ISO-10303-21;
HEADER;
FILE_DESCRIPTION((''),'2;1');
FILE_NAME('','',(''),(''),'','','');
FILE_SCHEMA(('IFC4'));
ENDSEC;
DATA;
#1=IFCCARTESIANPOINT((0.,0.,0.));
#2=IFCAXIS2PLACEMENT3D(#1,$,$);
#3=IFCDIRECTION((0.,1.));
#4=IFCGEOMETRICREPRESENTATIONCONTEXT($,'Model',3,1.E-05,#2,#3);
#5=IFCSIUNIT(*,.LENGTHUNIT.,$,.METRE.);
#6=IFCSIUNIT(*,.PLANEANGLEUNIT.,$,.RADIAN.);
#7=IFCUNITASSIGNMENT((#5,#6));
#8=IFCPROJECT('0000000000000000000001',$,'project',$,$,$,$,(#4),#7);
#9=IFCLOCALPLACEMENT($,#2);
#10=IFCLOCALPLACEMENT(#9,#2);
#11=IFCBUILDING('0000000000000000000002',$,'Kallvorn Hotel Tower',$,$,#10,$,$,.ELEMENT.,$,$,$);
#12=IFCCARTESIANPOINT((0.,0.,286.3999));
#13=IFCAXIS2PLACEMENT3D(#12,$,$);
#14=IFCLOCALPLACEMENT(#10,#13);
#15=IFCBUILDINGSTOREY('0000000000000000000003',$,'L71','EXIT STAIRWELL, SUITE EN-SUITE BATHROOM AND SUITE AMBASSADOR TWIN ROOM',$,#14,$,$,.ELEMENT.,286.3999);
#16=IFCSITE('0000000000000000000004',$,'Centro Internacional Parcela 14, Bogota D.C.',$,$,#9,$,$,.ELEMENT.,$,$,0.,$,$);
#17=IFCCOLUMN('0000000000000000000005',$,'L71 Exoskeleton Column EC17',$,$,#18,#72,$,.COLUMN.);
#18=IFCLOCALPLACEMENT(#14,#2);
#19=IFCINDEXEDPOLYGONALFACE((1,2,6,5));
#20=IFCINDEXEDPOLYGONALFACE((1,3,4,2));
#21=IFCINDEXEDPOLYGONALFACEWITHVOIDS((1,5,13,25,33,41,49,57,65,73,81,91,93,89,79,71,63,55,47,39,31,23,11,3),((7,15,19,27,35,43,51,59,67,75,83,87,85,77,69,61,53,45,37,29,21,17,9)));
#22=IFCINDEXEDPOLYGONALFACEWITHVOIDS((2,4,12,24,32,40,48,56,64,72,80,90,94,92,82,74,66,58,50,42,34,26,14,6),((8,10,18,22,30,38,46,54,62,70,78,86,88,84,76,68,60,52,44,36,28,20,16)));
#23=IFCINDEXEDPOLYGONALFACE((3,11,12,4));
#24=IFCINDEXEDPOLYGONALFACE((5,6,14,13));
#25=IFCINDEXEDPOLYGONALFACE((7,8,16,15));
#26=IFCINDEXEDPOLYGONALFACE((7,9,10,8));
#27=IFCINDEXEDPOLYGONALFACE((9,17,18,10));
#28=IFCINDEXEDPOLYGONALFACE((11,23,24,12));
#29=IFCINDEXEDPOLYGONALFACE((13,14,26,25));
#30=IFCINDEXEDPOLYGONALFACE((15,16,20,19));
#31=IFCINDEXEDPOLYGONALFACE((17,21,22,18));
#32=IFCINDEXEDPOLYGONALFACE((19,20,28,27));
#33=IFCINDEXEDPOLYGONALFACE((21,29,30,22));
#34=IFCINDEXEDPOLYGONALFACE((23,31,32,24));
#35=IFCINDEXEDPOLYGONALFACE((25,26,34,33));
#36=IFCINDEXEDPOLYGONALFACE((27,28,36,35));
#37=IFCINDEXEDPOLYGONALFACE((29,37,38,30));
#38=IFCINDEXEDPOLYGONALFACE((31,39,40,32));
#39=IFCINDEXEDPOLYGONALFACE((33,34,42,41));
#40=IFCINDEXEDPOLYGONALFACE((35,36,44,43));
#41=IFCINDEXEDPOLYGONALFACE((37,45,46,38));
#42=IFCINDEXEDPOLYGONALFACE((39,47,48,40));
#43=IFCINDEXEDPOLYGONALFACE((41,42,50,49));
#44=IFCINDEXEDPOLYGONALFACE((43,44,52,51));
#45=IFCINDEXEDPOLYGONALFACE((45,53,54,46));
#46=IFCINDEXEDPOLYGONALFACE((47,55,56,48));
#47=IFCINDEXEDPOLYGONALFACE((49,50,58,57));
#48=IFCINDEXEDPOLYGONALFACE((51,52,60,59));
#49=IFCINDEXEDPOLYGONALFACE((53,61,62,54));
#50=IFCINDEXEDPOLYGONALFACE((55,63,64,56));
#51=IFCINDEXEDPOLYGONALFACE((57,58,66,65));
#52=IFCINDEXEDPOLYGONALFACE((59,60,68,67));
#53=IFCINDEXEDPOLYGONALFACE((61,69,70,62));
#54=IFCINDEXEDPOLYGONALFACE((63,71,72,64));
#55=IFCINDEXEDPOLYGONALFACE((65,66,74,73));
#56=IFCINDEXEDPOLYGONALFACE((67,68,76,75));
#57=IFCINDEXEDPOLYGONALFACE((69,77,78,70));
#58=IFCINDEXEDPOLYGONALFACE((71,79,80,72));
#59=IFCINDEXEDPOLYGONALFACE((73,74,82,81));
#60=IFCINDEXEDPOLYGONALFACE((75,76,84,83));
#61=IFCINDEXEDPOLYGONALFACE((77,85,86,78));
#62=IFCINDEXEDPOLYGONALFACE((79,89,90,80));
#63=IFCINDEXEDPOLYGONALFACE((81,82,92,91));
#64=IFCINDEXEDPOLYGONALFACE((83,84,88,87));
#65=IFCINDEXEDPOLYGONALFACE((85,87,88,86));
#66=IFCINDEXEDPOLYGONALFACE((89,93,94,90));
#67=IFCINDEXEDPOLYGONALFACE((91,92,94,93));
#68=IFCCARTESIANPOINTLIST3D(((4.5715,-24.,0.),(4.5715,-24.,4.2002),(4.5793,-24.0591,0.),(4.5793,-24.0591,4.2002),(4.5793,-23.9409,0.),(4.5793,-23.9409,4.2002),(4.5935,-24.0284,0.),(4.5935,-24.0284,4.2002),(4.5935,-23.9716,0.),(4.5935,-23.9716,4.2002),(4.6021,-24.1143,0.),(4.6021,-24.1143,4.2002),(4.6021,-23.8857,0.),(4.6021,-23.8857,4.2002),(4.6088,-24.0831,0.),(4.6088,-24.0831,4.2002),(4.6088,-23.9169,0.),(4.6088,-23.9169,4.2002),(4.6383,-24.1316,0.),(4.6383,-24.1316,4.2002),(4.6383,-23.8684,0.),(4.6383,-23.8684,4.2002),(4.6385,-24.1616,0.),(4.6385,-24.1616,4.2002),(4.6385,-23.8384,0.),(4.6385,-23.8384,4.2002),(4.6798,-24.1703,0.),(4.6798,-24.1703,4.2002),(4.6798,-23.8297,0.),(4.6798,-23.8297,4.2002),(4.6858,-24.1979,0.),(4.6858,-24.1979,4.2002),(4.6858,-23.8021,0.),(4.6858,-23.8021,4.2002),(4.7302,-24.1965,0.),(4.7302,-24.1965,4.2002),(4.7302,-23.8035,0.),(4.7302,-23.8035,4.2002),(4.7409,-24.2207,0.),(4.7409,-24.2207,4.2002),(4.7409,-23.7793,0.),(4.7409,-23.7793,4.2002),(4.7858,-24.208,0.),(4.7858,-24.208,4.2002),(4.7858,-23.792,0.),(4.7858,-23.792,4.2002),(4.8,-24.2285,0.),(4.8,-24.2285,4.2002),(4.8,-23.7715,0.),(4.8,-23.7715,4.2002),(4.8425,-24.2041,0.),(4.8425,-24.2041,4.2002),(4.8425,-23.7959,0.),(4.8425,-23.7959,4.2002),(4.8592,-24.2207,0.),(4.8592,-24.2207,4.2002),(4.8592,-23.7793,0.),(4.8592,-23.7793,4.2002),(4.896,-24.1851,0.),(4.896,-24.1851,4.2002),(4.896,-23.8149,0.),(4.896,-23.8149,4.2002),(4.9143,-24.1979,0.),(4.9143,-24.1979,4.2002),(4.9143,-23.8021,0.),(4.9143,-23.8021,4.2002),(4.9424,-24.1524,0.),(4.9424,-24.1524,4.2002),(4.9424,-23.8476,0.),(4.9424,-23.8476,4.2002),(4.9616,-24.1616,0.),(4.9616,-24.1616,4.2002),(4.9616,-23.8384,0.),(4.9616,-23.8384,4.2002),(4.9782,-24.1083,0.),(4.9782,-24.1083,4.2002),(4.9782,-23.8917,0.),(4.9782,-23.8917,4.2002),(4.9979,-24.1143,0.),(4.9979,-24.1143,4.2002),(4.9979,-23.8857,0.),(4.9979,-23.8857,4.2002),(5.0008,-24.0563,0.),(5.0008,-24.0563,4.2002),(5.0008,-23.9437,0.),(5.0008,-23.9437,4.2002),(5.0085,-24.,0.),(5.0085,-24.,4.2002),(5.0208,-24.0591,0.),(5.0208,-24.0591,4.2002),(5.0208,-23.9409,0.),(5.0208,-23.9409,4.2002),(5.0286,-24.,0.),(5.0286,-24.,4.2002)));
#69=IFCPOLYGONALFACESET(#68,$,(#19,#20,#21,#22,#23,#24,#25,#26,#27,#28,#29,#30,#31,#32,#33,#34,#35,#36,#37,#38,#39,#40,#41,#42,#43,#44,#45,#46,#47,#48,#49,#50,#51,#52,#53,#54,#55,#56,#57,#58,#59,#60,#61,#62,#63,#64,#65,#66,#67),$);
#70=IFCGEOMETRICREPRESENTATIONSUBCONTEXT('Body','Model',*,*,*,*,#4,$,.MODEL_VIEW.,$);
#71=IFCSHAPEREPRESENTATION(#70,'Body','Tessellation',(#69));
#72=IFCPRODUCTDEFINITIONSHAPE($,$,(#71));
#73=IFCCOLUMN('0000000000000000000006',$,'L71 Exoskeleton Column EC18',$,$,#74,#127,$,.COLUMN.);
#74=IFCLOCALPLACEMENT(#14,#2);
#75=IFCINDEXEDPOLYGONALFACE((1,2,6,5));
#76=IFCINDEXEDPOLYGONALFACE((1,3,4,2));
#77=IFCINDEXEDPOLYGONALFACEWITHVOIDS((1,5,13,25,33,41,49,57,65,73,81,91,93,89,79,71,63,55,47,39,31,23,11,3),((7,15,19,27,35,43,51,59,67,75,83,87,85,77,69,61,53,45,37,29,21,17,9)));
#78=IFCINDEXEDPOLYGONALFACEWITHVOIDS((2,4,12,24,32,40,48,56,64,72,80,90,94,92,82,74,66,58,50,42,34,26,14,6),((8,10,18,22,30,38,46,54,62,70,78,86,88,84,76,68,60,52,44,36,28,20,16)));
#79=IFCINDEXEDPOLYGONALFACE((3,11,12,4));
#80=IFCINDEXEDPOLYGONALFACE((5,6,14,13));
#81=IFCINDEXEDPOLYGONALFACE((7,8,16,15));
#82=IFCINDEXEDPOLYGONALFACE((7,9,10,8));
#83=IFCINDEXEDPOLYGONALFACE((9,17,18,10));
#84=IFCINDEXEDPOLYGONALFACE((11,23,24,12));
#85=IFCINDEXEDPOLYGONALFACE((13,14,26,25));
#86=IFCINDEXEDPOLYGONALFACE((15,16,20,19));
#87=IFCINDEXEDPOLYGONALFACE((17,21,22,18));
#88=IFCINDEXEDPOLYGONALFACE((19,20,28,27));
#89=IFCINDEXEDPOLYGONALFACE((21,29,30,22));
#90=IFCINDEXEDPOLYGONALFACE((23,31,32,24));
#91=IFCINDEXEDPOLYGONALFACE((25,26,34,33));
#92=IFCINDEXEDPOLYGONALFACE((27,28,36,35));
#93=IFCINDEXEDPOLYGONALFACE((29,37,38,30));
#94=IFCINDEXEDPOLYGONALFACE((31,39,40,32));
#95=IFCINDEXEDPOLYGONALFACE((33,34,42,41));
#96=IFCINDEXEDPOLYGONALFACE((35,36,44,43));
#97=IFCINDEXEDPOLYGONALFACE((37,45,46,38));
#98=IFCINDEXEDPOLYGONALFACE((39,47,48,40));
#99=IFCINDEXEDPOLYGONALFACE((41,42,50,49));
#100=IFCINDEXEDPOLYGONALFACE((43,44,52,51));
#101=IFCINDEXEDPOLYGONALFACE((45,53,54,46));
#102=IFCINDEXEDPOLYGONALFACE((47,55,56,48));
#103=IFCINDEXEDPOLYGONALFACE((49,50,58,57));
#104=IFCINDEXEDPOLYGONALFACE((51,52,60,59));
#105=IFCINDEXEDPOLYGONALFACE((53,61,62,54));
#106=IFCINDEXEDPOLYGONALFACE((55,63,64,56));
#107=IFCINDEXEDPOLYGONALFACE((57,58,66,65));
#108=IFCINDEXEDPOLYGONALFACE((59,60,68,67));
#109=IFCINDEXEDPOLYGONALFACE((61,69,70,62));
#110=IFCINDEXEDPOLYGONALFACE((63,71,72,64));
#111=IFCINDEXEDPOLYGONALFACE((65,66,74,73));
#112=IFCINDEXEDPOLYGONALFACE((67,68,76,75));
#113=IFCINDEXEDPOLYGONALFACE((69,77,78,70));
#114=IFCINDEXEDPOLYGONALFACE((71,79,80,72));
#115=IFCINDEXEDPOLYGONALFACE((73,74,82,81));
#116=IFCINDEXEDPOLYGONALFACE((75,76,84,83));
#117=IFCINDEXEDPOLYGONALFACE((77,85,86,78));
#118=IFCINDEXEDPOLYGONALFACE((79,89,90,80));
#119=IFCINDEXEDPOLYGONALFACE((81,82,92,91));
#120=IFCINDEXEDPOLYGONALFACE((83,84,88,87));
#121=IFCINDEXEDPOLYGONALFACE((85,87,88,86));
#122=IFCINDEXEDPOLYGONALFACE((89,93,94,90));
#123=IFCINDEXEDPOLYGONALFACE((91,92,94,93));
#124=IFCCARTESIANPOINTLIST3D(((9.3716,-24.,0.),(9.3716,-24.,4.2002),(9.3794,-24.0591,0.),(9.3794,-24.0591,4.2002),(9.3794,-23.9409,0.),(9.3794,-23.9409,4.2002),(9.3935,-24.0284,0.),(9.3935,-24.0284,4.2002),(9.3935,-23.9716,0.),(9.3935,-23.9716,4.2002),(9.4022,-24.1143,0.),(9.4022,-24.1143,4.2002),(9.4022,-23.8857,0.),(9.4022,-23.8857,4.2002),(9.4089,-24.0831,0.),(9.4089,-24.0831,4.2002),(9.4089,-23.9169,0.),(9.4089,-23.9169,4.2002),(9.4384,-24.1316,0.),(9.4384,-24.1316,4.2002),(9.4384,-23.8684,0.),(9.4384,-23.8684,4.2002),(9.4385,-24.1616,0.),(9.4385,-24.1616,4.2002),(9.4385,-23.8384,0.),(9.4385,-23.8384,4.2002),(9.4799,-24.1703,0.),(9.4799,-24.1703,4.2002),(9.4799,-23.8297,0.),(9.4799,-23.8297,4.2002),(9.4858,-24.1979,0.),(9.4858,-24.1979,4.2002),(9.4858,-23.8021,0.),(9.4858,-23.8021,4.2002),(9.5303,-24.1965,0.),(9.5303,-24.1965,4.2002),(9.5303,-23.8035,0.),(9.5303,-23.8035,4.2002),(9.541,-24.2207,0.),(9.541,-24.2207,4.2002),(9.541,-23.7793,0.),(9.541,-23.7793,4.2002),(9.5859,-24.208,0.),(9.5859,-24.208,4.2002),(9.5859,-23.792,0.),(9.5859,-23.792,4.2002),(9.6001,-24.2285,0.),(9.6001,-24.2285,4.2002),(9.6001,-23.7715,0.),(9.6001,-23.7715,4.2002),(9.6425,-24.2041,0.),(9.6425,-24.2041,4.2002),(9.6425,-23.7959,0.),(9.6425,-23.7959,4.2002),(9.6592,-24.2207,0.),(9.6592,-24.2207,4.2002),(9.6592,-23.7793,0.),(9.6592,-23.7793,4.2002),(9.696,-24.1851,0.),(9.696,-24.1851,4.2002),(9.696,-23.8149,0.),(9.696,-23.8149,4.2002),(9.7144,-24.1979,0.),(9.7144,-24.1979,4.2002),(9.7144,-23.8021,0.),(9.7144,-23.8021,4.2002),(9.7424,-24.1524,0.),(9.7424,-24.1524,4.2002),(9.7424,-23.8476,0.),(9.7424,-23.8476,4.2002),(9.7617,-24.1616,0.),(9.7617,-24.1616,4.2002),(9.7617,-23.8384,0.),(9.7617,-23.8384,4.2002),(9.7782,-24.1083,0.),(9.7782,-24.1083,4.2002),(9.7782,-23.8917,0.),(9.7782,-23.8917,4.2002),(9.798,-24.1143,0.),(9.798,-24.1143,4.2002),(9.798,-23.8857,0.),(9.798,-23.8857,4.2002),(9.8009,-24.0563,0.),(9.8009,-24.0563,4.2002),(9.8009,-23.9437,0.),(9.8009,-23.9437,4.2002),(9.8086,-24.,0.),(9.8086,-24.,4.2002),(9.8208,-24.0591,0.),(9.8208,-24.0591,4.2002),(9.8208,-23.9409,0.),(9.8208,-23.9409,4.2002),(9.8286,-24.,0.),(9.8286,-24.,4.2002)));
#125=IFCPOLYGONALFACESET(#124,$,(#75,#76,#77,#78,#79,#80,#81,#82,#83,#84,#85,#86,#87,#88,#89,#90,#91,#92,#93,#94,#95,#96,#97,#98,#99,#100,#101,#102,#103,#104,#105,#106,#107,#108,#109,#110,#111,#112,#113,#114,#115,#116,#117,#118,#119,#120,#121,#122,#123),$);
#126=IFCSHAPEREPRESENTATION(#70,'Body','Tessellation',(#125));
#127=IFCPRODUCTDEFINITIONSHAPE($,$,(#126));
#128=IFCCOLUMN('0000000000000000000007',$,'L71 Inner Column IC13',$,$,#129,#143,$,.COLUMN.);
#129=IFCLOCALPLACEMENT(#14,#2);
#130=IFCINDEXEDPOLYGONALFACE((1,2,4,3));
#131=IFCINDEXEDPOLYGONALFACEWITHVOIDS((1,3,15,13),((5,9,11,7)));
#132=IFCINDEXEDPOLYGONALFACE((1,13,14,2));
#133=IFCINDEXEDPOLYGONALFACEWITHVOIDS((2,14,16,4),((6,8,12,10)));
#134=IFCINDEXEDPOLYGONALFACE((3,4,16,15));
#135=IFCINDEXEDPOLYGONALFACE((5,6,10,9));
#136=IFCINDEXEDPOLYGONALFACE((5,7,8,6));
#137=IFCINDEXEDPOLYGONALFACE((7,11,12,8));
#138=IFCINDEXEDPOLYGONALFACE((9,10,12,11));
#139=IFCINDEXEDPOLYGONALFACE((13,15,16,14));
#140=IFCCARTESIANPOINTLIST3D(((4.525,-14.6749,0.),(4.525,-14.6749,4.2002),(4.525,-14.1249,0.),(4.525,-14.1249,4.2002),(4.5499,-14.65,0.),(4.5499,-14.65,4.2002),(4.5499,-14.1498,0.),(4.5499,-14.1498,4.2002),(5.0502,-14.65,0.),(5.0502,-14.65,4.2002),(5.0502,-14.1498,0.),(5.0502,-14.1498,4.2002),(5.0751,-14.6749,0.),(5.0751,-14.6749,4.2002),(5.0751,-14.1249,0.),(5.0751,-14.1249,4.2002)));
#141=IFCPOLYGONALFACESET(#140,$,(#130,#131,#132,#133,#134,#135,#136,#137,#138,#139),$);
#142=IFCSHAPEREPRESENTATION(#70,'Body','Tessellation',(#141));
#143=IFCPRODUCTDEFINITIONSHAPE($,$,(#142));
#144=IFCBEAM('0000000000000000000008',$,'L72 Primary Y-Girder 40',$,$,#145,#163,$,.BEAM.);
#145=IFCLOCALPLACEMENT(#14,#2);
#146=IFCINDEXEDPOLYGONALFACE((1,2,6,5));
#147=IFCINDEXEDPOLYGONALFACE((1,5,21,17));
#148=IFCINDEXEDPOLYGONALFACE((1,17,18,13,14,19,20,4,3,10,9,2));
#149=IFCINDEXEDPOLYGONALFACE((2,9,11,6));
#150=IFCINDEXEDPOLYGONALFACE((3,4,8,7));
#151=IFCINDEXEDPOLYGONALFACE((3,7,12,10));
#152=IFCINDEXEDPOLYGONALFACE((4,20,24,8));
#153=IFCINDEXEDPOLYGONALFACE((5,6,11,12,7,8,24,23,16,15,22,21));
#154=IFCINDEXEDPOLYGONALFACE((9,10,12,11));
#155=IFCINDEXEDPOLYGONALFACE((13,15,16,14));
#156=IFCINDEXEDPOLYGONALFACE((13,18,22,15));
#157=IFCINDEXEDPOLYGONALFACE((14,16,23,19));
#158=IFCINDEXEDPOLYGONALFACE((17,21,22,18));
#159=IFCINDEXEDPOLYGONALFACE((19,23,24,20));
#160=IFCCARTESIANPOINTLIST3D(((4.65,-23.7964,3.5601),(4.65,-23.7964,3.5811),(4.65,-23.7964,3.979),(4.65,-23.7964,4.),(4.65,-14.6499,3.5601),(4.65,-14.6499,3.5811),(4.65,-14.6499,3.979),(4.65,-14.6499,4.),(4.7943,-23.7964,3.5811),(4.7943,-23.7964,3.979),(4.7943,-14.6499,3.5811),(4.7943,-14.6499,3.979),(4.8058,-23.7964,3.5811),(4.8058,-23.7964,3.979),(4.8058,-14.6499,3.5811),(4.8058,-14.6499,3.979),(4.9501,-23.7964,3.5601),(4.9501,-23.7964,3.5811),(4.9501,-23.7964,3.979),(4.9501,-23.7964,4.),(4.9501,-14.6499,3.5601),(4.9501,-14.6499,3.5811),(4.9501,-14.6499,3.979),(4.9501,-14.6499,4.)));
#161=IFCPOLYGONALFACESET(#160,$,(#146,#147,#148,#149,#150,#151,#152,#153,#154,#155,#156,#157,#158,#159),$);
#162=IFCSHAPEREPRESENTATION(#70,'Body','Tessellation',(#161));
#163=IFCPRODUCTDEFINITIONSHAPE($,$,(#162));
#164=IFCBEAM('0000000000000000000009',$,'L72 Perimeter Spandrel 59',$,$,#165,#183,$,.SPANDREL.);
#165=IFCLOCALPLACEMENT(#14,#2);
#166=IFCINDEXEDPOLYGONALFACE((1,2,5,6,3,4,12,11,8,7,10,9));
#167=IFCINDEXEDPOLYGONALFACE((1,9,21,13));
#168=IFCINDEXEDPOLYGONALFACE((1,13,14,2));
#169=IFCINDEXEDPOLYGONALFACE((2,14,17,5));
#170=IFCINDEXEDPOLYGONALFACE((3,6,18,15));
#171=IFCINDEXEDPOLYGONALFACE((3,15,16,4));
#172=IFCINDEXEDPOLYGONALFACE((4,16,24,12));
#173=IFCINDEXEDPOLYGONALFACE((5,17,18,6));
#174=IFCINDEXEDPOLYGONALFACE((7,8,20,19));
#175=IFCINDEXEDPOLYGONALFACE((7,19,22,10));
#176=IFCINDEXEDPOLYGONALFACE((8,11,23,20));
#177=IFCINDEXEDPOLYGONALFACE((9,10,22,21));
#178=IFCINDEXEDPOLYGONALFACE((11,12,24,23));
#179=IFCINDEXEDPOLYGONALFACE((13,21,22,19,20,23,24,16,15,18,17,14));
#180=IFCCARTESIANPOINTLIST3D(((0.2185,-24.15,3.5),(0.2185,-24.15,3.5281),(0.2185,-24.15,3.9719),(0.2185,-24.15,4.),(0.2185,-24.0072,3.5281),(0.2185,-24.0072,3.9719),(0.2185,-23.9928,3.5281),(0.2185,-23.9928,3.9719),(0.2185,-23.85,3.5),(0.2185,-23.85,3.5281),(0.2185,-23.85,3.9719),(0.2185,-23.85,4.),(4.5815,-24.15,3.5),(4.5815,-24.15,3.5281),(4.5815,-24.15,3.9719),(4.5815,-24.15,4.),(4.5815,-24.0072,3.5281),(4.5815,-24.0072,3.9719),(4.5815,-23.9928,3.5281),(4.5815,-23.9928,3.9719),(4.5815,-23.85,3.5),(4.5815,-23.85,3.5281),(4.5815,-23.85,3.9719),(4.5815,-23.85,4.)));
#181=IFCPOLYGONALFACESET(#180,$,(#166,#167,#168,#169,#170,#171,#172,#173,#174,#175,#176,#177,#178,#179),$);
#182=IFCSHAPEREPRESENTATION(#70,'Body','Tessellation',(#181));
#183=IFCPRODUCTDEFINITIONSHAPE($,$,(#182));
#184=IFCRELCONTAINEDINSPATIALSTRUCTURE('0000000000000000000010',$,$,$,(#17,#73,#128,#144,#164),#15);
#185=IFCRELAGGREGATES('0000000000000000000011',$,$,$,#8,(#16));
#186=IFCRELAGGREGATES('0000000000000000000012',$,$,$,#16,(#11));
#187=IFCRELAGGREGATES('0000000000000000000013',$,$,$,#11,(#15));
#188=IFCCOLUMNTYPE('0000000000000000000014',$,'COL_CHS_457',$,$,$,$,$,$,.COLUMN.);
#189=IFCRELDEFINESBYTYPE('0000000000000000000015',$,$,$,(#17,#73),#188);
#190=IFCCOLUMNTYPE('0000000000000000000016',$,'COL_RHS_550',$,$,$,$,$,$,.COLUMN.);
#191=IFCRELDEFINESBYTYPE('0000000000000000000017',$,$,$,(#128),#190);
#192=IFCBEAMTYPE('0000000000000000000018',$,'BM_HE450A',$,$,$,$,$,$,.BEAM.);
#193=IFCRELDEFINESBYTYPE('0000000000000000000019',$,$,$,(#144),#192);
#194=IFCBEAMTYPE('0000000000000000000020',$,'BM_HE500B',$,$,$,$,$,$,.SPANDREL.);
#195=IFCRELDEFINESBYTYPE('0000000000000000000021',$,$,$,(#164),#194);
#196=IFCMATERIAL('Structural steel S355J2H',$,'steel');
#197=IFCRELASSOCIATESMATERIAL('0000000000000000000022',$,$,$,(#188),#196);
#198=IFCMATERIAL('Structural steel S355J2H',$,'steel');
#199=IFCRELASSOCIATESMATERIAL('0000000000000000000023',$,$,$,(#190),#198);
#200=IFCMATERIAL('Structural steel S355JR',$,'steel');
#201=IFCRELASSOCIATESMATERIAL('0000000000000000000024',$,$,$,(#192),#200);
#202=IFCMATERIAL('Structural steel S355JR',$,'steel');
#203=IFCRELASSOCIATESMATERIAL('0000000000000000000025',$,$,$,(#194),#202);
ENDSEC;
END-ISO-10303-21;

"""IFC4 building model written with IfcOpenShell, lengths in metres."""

from ifc_helpers import new_model, si_unit, direction, frame, origin, origin_2d, place, context, subcontext, project, spatial, hollow_rectangle, hollow_circle, i_section, extrude, material, material_profile, profile_set, type_object, element, save


model = new_model("IFC4")

# Units and contexts
model_context = context("Model", 3, precision=1e-05, world=origin(), true_north=direction((0.0, 1.0)))
body_context = subcontext(model_context, "Body", "Model", "MODEL_VIEW")
ifc_project = project(units=[si_unit("LENGTHUNIT", "METRE"), si_unit("PLANEANGLEUNIT", "RADIAN")], contexts=[model_context])

# Site, building, storey
site_placement = place(None, origin())
site = spatial("IfcSite", under=ifc_project, at=site_placement, Name="Centro Internacional Parcela 14, Bogota D.C.", CompositionType="ELEMENT", RefElevation=0.0)
building_placement = place(site_placement, origin())
building = spatial("IfcBuilding", under=site, at=building_placement, Name="Kallvorn Hotel Tower", CompositionType="ELEMENT")
storey_placement = place(building_placement, frame((0.0, 0.0, 286.3999)))
storey = spatial("IfcBuildingStorey", under=building, at=storey_placement, Name="L71", Description="EXIT STAIRWELL, SUITE EN-SUITE BATHROOM AND SUITE AMBASSADOR TWIN ROOM", CompositionType="ELEMENT", Elevation=286.3999)

# Columns
ifc_material_1 = material(Name="Structural steel S355J2H", Category="steel")
ifc_material_profile_1 = material_profile(ifc_material_1, hollow_circle(Radius=0.2285, WallThickness=0.02, at=origin_2d()), Name="CHS 457x20")
ifc_profile_set_1 = profile_set([ifc_material_profile_1], Name="Structural steel S355J2H")
column_type_1 = type_object("IfcColumnType", Name="COL_CHS_457", PredefinedType="COLUMN", material=ifc_profile_set_1)
for number, where, z_axis, x_axis, name in (
    (1, (4.8, -24.0, 0.0), (0.0, 0.0, 1.0), (1.0, 0.0, 0.0), "L71 Exoskeleton Column EC17"),
    (2, (9.6001, -24.0, 0.0), (0.0, 0.0, 1.0), (1.0, 0.0, 0.0), "L71 Exoskeleton Column EC18"),
):
    element("IfcColumn", number, at=place(storey_placement, frame(where, z_axis=z_axis, x_axis=x_axis)), inside=storey, type_object=column_type_1, Name=name, PredefinedType="COLUMN", context=body_context, shape_type="SweptSolid", body=[
        extrude(hollow_circle(Radius=0.2285, WallThickness=0.02, at=origin_2d()), origin(), (0.0, 0.0, 1.0), 4.2002),
    ])
ifc_material_2 = material(Name="Structural steel S355J2H", Category="steel")
ifc_material_profile_2 = material_profile(ifc_material_2, hollow_rectangle(XDim=0.55, YDim=0.55, WallThickness=0.0249, at=origin_2d()), Name="RHS 550x550x25")
ifc_profile_set_2 = profile_set([ifc_material_profile_2], Name="Structural steel S355J2H")
column_type_2 = type_object("IfcColumnType", Name="COL_RHS_550", PredefinedType="COLUMN", material=ifc_profile_set_2)
column_placement = place(storey_placement, frame((4.8, -14.3999, 0.0), z_axis=(0.0, 0.0, 1.0), x_axis=(1.0, 0.0, 0.0)))
element("IfcColumn", 3, at=column_placement, inside=storey, type_object=column_type_2, Name="L71 Inner Column IC13", PredefinedType="COLUMN", context=body_context, shape_type="SweptSolid", body=[
    extrude(hollow_rectangle(XDim=0.55, YDim=0.55, WallThickness=0.0249, at=origin_2d()), origin(), (0.0, 0.0, 1.0), 4.2002),
])

# Beams
ifc_material_3 = material(Name="Structural steel S355JR", Category="steel")
ifc_material_profile_3 = material_profile(ifc_material_3, i_section(OverallWidth=0.3, OverallDepth=0.4399, WebThickness=0.0115, FlangeThickness=0.021, at=origin_2d()), Name="HE 450 A")
ifc_profile_set_3 = profile_set([ifc_material_profile_3], Name="Structural steel S355JR")
beam_type_1 = type_object("IfcBeamType", Name="BM_HE450A", PredefinedType="BEAM", material=ifc_profile_set_3)
beam_1_placement = place(storey_placement, frame((4.8, -23.7964, 3.78), z_axis=(0.0, 1.0, 0.0), x_axis=(-1.0, 0.0, 0.0)))
element("IfcBeam", 4, at=beam_1_placement, inside=storey, type_object=beam_type_1, Name="L72 Primary Y-Girder 40", PredefinedType="BEAM", context=body_context, shape_type="SweptSolid", body=[
    extrude(i_section(OverallWidth=0.3, OverallDepth=0.4399, WebThickness=0.0115, FlangeThickness=0.021, at=origin_2d()), origin(), (0.0, 0.0, 1.0), 9.1465),
])
ifc_material_4 = material(Name="Structural steel S355JR", Category="steel")
ifc_material_profile_4 = material_profile(ifc_material_4, i_section(OverallWidth=0.3, OverallDepth=0.5, WebThickness=0.0144, FlangeThickness=0.0281, at=origin_2d()), Name="HE 500 B")
ifc_profile_set_4 = profile_set([ifc_material_profile_4], Name="Structural steel S355JR")
beam_type_2 = type_object("IfcBeamType", Name="BM_HE500B", PredefinedType="SPANDREL", material=ifc_profile_set_4)
for number, where, z_axis, x_axis, name in (
    (5, (0.2185, -24.0, 3.75), (1.0, 0.0, 0.0), (0.0, 1.0, 0.0), "L72 Perimeter Spandrel 59"),
):
    element("IfcBeam", number, at=place(storey_placement, frame(where, z_axis=z_axis, x_axis=x_axis)), inside=storey, type_object=beam_type_2, Name=name, PredefinedType="SPANDREL", context=body_context, shape_type="SweptSolid", body=[
        extrude(i_section(OverallWidth=0.3, OverallDepth=0.5, WebThickness=0.0144, FlangeThickness=0.0281, at=origin_2d()), origin(), (0.0, 0.0, 1.0), 4.363),
    ])

save(model, "model.ifc")
